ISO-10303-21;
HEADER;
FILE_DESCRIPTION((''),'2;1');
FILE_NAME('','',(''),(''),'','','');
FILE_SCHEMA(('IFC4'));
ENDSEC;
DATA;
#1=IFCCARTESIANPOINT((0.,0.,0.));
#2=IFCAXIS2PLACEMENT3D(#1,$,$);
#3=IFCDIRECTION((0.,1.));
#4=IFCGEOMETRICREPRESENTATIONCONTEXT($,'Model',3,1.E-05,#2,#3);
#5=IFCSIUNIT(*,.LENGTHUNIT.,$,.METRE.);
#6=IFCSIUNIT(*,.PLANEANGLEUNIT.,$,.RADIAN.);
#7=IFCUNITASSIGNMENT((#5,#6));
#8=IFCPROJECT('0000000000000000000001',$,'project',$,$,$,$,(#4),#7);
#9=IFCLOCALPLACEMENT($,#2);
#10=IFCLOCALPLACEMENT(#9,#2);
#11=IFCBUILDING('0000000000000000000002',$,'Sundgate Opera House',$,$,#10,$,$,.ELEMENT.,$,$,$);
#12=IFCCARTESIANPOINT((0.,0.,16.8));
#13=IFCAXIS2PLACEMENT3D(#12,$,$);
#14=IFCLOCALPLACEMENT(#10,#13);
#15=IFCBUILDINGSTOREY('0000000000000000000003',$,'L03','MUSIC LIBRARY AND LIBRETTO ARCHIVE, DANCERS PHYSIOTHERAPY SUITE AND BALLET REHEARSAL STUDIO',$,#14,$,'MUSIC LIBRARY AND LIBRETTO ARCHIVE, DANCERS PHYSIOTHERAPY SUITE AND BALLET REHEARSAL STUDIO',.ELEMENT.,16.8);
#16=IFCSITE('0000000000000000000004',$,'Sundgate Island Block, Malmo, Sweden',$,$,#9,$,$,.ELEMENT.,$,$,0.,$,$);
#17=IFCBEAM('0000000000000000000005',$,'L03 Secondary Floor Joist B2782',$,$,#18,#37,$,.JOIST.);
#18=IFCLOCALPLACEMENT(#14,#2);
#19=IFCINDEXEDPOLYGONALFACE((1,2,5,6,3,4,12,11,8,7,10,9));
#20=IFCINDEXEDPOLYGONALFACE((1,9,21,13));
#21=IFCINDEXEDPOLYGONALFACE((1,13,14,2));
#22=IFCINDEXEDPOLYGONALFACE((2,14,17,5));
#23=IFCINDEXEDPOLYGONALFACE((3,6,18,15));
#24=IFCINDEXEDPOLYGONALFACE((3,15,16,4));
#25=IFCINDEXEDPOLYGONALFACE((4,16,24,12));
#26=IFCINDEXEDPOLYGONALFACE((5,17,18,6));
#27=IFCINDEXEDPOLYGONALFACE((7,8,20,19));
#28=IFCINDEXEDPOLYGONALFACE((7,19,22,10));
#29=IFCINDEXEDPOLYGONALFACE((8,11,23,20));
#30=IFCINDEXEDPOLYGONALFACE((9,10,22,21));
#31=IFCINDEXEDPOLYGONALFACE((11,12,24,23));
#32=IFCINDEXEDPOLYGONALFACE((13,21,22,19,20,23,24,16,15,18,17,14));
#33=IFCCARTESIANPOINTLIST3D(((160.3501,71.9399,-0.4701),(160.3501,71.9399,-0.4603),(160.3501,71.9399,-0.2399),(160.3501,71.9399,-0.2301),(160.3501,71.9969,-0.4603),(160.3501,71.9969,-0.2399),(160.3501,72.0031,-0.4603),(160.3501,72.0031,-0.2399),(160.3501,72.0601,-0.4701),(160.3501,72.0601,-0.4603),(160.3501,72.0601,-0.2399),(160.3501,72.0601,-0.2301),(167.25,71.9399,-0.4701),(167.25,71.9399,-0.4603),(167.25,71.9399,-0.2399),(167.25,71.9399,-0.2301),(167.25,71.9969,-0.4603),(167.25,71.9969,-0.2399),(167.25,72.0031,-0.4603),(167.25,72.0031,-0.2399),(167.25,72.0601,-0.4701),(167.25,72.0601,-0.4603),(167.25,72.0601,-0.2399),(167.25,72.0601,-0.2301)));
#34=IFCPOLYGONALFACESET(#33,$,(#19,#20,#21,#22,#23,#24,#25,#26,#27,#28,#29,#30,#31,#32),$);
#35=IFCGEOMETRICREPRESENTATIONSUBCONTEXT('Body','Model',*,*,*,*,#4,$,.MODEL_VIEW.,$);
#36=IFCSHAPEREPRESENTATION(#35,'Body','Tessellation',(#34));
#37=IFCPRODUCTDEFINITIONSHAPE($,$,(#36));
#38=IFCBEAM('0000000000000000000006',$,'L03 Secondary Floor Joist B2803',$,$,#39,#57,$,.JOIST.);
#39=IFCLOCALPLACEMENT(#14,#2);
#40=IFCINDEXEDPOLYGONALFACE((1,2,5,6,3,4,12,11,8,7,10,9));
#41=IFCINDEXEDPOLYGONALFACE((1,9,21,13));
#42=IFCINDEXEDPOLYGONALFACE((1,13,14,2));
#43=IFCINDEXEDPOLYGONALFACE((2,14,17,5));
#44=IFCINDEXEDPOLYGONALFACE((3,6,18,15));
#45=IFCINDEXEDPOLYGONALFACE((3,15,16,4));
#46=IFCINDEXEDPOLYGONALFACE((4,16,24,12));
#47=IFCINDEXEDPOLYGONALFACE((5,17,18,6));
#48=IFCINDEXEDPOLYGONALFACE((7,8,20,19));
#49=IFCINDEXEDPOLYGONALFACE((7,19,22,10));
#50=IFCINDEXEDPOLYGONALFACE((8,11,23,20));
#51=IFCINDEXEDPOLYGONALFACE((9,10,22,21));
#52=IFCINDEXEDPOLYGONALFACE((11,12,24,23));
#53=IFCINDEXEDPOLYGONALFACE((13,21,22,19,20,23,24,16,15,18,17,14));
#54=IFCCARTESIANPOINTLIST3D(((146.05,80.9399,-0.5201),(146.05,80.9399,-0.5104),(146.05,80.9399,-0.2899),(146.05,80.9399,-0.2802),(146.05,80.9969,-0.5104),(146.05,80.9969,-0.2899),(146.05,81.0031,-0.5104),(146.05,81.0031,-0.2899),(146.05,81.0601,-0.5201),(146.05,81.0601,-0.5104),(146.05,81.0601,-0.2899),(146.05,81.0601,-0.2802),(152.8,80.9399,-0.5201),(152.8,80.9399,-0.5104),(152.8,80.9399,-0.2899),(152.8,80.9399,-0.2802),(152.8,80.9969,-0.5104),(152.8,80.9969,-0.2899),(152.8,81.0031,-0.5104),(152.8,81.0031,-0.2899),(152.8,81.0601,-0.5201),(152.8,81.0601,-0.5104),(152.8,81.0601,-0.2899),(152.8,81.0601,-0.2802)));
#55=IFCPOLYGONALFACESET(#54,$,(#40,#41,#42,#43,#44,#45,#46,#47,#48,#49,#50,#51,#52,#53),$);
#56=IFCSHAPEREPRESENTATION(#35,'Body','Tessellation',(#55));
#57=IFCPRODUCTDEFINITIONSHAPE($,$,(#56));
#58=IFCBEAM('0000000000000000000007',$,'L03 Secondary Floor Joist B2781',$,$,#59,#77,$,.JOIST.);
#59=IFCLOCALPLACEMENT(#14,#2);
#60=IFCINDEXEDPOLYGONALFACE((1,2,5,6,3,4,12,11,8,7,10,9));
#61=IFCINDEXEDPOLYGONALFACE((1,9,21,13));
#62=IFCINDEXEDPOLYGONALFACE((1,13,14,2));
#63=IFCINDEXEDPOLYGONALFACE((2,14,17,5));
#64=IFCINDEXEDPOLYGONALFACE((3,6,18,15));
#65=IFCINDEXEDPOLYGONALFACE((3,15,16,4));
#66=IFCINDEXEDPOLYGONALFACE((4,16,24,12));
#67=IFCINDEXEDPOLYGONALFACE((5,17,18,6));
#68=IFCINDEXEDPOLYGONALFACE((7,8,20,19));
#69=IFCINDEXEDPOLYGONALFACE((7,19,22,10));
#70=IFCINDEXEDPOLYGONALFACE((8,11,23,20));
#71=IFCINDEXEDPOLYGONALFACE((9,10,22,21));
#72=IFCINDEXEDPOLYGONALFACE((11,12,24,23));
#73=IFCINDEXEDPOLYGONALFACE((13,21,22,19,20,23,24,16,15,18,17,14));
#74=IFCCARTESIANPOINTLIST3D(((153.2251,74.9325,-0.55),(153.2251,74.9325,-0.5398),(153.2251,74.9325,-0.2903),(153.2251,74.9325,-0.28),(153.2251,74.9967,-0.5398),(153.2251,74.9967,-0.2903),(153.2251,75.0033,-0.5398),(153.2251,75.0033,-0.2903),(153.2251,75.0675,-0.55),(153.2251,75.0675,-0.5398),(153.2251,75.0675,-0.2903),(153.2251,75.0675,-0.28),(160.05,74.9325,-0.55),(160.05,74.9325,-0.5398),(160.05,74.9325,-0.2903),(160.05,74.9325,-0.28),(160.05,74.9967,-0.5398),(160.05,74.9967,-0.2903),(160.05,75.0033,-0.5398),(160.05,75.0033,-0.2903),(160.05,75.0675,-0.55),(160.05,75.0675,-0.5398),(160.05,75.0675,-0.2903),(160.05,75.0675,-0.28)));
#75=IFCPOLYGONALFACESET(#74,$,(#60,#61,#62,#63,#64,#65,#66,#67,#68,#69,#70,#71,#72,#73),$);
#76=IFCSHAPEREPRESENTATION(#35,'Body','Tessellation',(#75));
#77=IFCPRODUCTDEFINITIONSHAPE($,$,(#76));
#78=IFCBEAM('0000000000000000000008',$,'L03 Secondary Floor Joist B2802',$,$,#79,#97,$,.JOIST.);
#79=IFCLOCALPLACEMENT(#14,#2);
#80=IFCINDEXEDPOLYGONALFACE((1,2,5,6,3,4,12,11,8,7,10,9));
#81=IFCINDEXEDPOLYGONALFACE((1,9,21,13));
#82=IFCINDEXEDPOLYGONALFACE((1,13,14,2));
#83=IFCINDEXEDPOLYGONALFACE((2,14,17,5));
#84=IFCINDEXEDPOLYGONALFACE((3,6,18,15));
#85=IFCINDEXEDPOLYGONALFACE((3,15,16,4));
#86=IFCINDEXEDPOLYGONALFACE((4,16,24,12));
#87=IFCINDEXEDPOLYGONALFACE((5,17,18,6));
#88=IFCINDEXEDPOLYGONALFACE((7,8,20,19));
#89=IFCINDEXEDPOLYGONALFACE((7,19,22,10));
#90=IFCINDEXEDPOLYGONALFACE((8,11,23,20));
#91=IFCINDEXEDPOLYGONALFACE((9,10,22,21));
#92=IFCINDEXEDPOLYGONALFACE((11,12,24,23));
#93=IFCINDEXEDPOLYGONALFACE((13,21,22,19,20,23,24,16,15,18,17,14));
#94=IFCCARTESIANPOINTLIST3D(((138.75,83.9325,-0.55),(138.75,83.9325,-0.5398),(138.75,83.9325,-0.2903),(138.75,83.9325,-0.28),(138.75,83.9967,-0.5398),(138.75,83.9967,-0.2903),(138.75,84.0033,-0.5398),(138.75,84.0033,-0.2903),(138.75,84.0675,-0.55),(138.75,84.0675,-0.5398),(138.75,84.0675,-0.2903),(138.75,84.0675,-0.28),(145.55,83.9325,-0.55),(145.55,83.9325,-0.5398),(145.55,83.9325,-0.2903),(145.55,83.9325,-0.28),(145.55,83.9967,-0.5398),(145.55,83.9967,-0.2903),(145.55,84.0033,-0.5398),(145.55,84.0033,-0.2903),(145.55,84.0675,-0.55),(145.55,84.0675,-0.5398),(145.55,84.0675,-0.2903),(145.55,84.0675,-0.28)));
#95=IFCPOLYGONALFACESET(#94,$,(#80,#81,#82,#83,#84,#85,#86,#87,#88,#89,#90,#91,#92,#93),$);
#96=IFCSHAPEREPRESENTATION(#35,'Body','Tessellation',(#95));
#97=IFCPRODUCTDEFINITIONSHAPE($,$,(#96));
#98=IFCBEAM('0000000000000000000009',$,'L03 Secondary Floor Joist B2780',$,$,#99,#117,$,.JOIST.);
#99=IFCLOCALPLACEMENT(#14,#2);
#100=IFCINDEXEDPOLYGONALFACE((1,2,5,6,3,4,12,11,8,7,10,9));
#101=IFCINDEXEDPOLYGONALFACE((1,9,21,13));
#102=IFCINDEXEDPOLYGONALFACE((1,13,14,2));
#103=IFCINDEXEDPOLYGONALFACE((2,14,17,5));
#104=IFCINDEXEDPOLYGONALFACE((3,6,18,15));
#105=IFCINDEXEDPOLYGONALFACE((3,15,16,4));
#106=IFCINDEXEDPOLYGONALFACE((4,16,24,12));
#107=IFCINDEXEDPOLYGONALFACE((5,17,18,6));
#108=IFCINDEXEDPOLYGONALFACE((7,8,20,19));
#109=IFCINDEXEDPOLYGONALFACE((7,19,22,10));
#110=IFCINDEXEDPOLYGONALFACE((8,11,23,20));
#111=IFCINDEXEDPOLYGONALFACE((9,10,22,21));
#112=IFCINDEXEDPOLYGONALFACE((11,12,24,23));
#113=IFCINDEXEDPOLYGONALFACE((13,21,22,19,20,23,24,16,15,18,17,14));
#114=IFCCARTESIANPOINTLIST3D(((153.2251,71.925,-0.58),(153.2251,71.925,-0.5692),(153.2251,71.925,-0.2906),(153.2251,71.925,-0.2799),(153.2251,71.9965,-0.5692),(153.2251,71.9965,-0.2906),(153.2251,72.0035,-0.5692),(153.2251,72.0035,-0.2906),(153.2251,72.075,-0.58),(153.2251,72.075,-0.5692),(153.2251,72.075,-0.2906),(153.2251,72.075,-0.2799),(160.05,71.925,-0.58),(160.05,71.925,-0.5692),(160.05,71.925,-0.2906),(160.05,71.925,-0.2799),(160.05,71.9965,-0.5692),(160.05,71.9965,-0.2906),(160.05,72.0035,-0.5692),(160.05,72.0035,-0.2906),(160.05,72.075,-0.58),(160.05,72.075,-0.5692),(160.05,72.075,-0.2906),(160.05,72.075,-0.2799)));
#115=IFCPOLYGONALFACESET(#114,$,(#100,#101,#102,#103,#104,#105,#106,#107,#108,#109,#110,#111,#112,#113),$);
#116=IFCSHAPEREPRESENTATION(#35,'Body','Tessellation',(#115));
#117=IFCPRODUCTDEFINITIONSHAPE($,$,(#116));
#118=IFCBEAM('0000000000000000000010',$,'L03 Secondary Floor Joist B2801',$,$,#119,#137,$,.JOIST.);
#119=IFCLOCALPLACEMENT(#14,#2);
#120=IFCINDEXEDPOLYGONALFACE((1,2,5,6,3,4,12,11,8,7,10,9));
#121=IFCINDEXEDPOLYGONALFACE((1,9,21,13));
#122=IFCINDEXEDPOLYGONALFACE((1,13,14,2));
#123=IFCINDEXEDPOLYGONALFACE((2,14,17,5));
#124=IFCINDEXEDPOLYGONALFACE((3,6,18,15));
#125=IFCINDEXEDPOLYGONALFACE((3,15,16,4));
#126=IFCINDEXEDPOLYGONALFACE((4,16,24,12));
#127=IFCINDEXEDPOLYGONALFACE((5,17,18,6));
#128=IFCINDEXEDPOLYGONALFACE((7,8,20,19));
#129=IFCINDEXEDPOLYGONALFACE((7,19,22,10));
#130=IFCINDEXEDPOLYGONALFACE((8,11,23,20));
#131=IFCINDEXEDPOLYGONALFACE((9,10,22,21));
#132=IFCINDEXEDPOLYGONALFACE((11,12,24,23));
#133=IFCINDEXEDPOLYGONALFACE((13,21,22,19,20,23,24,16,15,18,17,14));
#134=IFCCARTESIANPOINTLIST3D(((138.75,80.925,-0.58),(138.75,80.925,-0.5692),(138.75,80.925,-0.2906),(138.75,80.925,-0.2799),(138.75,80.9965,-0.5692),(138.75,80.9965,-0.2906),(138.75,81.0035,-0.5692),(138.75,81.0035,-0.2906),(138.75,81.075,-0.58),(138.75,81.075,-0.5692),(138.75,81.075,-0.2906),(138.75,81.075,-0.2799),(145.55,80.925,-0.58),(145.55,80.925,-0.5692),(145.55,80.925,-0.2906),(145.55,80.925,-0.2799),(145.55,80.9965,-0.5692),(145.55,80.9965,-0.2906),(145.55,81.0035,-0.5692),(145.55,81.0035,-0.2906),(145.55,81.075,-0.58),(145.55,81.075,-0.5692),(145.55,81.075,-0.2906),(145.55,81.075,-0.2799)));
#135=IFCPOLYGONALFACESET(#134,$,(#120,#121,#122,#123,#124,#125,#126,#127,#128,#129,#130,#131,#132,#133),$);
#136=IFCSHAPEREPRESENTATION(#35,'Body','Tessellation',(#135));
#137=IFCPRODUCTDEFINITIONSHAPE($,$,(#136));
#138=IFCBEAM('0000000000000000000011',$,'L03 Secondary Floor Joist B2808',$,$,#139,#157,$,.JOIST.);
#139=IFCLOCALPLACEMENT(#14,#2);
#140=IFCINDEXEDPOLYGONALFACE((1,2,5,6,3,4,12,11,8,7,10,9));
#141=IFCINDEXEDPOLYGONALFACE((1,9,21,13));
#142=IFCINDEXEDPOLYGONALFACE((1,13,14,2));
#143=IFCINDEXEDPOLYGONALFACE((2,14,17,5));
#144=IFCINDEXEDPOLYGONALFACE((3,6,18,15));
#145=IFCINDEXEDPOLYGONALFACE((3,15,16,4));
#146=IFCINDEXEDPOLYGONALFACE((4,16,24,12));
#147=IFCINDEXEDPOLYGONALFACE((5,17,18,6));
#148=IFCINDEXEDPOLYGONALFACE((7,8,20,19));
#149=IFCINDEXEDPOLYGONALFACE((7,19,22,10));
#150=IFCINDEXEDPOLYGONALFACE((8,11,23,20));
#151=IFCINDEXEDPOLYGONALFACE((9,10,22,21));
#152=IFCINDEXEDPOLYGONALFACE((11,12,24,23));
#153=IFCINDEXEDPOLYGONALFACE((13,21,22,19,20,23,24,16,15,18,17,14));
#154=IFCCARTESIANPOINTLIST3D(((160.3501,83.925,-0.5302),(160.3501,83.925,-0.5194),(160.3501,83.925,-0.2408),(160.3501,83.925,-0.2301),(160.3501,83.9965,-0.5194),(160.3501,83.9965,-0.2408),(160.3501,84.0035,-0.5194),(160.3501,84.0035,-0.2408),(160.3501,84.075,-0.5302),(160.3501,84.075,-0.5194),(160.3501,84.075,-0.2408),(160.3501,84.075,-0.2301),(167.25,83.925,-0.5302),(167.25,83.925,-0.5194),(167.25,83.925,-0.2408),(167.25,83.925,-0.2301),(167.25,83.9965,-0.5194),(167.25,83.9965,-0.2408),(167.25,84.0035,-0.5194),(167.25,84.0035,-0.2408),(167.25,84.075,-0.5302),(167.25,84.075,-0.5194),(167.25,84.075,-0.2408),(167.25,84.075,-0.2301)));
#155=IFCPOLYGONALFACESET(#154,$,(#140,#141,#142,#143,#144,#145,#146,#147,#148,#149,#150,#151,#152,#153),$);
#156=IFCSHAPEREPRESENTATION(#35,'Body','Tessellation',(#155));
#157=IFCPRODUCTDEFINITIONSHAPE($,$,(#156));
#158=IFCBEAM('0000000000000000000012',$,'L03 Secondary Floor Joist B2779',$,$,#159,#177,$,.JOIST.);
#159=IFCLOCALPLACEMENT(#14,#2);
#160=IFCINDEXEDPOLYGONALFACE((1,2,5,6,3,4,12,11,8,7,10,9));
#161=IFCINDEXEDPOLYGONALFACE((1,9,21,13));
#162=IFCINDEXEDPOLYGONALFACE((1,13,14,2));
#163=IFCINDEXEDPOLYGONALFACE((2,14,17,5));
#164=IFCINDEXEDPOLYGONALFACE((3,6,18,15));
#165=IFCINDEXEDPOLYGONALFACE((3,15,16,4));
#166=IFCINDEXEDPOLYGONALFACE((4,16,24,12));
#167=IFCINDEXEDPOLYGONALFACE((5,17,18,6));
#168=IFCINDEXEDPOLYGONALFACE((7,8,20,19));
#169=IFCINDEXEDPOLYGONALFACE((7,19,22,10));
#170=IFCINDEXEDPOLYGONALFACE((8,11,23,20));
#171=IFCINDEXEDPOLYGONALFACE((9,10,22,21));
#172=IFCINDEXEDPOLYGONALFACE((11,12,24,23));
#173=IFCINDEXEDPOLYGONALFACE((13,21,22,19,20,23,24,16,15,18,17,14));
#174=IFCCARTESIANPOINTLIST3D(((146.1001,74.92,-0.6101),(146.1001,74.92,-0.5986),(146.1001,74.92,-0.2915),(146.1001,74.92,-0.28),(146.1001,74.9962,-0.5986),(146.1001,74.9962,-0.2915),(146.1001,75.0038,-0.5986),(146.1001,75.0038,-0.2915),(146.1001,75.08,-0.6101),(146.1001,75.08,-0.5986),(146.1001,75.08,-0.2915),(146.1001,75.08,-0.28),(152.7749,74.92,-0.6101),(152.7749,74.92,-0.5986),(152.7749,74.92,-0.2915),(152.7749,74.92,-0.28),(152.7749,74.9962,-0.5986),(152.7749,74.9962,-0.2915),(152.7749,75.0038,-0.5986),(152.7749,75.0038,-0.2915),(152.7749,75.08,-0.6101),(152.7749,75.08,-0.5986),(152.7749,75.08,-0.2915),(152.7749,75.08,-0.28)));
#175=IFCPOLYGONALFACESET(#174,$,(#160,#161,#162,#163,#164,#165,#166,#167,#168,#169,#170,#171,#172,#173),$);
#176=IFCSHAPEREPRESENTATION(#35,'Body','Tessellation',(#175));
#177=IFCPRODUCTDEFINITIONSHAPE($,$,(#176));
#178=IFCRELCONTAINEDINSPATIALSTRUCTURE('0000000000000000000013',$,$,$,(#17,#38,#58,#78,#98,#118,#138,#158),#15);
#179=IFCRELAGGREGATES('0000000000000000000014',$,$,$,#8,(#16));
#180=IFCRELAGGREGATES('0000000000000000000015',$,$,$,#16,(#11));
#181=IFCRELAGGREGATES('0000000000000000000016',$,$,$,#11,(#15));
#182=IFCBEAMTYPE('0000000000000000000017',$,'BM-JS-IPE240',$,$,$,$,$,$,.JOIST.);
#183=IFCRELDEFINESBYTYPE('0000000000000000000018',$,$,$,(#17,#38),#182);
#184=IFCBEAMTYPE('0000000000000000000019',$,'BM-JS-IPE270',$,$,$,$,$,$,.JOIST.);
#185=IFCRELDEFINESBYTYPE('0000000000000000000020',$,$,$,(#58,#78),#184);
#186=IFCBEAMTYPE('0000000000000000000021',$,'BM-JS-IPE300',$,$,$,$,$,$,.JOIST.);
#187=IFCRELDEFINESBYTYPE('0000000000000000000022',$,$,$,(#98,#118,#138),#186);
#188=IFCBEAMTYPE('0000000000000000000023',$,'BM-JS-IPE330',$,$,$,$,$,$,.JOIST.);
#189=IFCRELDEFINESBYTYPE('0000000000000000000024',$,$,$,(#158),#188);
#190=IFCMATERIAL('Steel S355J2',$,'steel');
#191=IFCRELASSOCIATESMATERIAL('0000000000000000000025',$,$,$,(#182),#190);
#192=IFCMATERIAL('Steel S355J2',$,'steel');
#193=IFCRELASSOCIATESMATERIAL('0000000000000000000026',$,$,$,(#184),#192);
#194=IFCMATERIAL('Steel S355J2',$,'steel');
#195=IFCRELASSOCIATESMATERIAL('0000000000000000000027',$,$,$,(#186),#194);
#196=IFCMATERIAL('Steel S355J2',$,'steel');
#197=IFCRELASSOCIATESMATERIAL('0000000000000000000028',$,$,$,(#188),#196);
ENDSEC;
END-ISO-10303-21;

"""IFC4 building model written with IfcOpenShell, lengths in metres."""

from ifc_helpers import new_model, si_unit, direction, frame, origin, origin_2d, place, context, subcontext, project, spatial, i_section, extrude, material, material_profile, profile_set, type_object, element, save


model = new_model("IFC4")

# Units and contexts
model_context = context("Model", 3, precision=1e-05, world=origin(), true_north=direction((0.0, 1.0)))
body_context = subcontext(model_context, "Body", "Model", "MODEL_VIEW")
ifc_project = project(units=[si_unit("LENGTHUNIT", "METRE"), si_unit("PLANEANGLEUNIT", "RADIAN")], contexts=[model_context])

# Site, building, storey
site_placement = place(None, origin())
site = spatial("IfcSite", under=ifc_project, at=site_placement, Name="Sundgate Island Block, Malmo, Sweden", CompositionType="ELEMENT", RefElevation=0.0)
building_placement = place(site_placement, origin())
building = spatial("IfcBuilding", under=site, at=building_placement, Name="Sundgate Opera House", CompositionType="ELEMENT")
storey_placement = place(building_placement, frame((0.0, 0.0, 16.8)))
storey = spatial("IfcBuildingStorey", under=building, at=storey_placement, Name="L03", Description="MUSIC LIBRARY AND LIBRETTO ARCHIVE, DANCERS PHYSIOTHERAPY SUITE AND BALLET REHEARSAL STUDIO", LongName="MUSIC LIBRARY AND LIBRETTO ARCHIVE, DANCERS PHYSIOTHERAPY SUITE AND BALLET REHEARSAL STUDIO", CompositionType="ELEMENT", Elevation=16.8)

# Beams
ifc_material_1 = material(Name="Steel S355J2", Category="steel")
ifc_material_profile_1 = material_profile(ifc_material_1, i_section(OverallWidth=0.1201, OverallDepth=0.24, WebThickness=0.0061, FlangeThickness=0.0098, at=origin_2d()), Name="IPE 240")
ifc_profile_set_1 = profile_set([ifc_material_profile_1], Name="Steel S355J2")
beam_type_1 = type_object("IfcBeamType", Name="BM-JS-IPE240", PredefinedType="JOIST", material=ifc_profile_set_1)
beam_1_placement = place(storey_placement, frame((160.3501, 72.0, -0.3501), z_axis=(1.0, 0.0, 0.0), x_axis=(0.0, 1.0, 0.0)))
element("IfcBeam", 1, at=beam_1_placement, inside=storey, type_object=beam_type_1, Name="L03 Secondary Floor Joist B2782", PredefinedType="JOIST", context=body_context, shape_type="SweptSolid", body=[
    extrude(i_section(OverallWidth=0.1201, OverallDepth=0.24, WebThickness=0.0061, FlangeThickness=0.0098, at=origin_2d()), origin(), (0.0, 0.0, 1.0), 6.8999),
])
beam_2_placement = place(storey_placement, frame((146.05, 81.0, -0.4001), z_axis=(1.0, 0.0, 0.0), x_axis=(0.0, 1.0, 0.0)))
element("IfcBeam", 2, at=beam_2_placement, inside=storey, type_object=beam_type_1, Name="L03 Secondary Floor Joist B2803", PredefinedType="JOIST", context=body_context, shape_type="SweptSolid", body=[
    extrude(i_section(OverallWidth=0.1201, OverallDepth=0.24, WebThickness=0.0061, FlangeThickness=0.0098, at=origin_2d()), origin(), (0.0, 0.0, 1.0), 6.75),
])
ifc_material_2 = material(Name="Steel S355J2", Category="steel")
ifc_material_profile_2 = material_profile(ifc_material_2, i_section(OverallWidth=0.135, OverallDepth=0.27, WebThickness=0.0066, FlangeThickness=0.0103, at=origin_2d()), Name="IPE 270")
ifc_profile_set_2 = profile_set([ifc_material_profile_2], Name="Steel S355J2")
beam_type_2 = type_object("IfcBeamType", Name="BM-JS-IPE270", PredefinedType="JOIST", material=ifc_profile_set_2)
beam_3_placement = place(storey_placement, frame((153.2251, 75.0, -0.415), z_axis=(1.0, 0.0, 0.0), x_axis=(0.0, 1.0, 0.0)))
element("IfcBeam", 3, at=beam_3_placement, inside=storey, type_object=beam_type_2, Name="L03 Secondary Floor Joist B2781", PredefinedType="JOIST", context=body_context, shape_type="SweptSolid", body=[
    extrude(i_section(OverallWidth=0.135, OverallDepth=0.27, WebThickness=0.0066, FlangeThickness=0.0103, at=origin_2d()), origin(), (0.0, 0.0, 1.0), 6.825),
])
beam_4_placement = place(storey_placement, frame((138.75, 84.0, -0.415), z_axis=(1.0, 0.0, 0.0), x_axis=(0.0, 1.0, 0.0)))
element("IfcBeam", 4, at=beam_4_placement, inside=storey, type_object=beam_type_2, Name="L03 Secondary Floor Joist B2802", PredefinedType="JOIST", context=body_context, shape_type="SweptSolid", body=[
    extrude(i_section(OverallWidth=0.135, OverallDepth=0.27, WebThickness=0.0066, FlangeThickness=0.0103, at=origin_2d()), origin(), (0.0, 0.0, 1.0), 6.8),
])
ifc_material_3 = material(Name="Steel S355J2", Category="steel")
ifc_material_profile_3 = material_profile(ifc_material_3, i_section(OverallWidth=0.1499, OverallDepth=0.3, WebThickness=0.0071, FlangeThickness=0.0107, at=origin_2d()), Name="IPE 300")
ifc_profile_set_3 = profile_set([ifc_material_profile_3], Name="Steel S355J2")
beam_type_3 = type_object("IfcBeamType", Name="BM-JS-IPE300", PredefinedType="JOIST", material=ifc_profile_set_3)
beam_5_placement = place(storey_placement, frame((153.2251, 72.0, -0.4299), z_axis=(1.0, 0.0, 0.0), x_axis=(0.0, 1.0, 0.0)))
element("IfcBeam", 5, at=beam_5_placement, inside=storey, type_object=beam_type_3, Name="L03 Secondary Floor Joist B2780", PredefinedType="JOIST", context=body_context, shape_type="SweptSolid", body=[
    extrude(i_section(OverallWidth=0.1499, OverallDepth=0.3, WebThickness=0.0071, FlangeThickness=0.0107, at=origin_2d()), origin(), (0.0, 0.0, 1.0), 6.825),
])
beam_6_placement = place(storey_placement, frame((138.75, 81.0, -0.4299), z_axis=(1.0, 0.0, 0.0), x_axis=(0.0, 1.0, 0.0)))
element("IfcBeam", 6, at=beam_6_placement, inside=storey, type_object=beam_type_3, Name="L03 Secondary Floor Joist B2801", PredefinedType="JOIST", context=body_context, shape_type="SweptSolid", body=[
    extrude(i_section(OverallWidth=0.1499, OverallDepth=0.3, WebThickness=0.0071, FlangeThickness=0.0107, at=origin_2d()), origin(), (0.0, 0.0, 1.0), 6.8),
])
beam_7_placement = place(storey_placement, frame((160.3501, 84.0, -0.3801), z_axis=(1.0, 0.0, 0.0), x_axis=(0.0, 1.0, 0.0)))
element("IfcBeam", 7, at=beam_7_placement, inside=storey, type_object=beam_type_3, Name="L03 Secondary Floor Joist B2808", PredefinedType="JOIST", context=body_context, shape_type="SweptSolid", body=[
    extrude(i_section(OverallWidth=0.1499, OverallDepth=0.3, WebThickness=0.0071, FlangeThickness=0.0107, at=origin_2d()), origin(), (0.0, 0.0, 1.0), 6.8999),
])
ifc_material_4 = material(Name="Steel S355J2", Category="steel")
ifc_material_profile_4 = material_profile(ifc_material_4, i_section(OverallWidth=0.1599, OverallDepth=0.3301, WebThickness=0.0076, FlangeThickness=0.0115, at=origin_2d()), Name="IPE 330")
ifc_profile_set_4 = profile_set([ifc_material_profile_4], Name="Steel S355J2")
beam_type_4 = type_object("IfcBeamType", Name="BM-JS-IPE330", PredefinedType="JOIST", material=ifc_profile_set_4)
beam_8_placement = place(storey_placement, frame((146.1001, 75.0, -0.4451), z_axis=(1.0, 0.0, 0.0), x_axis=(0.0, 1.0, 0.0)))
element("IfcBeam", 8, at=beam_8_placement, inside=storey, type_object=beam_type_4, Name="L03 Secondary Floor Joist B2779", PredefinedType="JOIST", context=body_context, shape_type="SweptSolid", body=[
    extrude(i_section(OverallWidth=0.1599, OverallDepth=0.3301, WebThickness=0.0076, FlangeThickness=0.0115, at=origin_2d()), origin(), (0.0, 0.0, 1.0), 6.6748),
])

save(model, "model.ifc")
